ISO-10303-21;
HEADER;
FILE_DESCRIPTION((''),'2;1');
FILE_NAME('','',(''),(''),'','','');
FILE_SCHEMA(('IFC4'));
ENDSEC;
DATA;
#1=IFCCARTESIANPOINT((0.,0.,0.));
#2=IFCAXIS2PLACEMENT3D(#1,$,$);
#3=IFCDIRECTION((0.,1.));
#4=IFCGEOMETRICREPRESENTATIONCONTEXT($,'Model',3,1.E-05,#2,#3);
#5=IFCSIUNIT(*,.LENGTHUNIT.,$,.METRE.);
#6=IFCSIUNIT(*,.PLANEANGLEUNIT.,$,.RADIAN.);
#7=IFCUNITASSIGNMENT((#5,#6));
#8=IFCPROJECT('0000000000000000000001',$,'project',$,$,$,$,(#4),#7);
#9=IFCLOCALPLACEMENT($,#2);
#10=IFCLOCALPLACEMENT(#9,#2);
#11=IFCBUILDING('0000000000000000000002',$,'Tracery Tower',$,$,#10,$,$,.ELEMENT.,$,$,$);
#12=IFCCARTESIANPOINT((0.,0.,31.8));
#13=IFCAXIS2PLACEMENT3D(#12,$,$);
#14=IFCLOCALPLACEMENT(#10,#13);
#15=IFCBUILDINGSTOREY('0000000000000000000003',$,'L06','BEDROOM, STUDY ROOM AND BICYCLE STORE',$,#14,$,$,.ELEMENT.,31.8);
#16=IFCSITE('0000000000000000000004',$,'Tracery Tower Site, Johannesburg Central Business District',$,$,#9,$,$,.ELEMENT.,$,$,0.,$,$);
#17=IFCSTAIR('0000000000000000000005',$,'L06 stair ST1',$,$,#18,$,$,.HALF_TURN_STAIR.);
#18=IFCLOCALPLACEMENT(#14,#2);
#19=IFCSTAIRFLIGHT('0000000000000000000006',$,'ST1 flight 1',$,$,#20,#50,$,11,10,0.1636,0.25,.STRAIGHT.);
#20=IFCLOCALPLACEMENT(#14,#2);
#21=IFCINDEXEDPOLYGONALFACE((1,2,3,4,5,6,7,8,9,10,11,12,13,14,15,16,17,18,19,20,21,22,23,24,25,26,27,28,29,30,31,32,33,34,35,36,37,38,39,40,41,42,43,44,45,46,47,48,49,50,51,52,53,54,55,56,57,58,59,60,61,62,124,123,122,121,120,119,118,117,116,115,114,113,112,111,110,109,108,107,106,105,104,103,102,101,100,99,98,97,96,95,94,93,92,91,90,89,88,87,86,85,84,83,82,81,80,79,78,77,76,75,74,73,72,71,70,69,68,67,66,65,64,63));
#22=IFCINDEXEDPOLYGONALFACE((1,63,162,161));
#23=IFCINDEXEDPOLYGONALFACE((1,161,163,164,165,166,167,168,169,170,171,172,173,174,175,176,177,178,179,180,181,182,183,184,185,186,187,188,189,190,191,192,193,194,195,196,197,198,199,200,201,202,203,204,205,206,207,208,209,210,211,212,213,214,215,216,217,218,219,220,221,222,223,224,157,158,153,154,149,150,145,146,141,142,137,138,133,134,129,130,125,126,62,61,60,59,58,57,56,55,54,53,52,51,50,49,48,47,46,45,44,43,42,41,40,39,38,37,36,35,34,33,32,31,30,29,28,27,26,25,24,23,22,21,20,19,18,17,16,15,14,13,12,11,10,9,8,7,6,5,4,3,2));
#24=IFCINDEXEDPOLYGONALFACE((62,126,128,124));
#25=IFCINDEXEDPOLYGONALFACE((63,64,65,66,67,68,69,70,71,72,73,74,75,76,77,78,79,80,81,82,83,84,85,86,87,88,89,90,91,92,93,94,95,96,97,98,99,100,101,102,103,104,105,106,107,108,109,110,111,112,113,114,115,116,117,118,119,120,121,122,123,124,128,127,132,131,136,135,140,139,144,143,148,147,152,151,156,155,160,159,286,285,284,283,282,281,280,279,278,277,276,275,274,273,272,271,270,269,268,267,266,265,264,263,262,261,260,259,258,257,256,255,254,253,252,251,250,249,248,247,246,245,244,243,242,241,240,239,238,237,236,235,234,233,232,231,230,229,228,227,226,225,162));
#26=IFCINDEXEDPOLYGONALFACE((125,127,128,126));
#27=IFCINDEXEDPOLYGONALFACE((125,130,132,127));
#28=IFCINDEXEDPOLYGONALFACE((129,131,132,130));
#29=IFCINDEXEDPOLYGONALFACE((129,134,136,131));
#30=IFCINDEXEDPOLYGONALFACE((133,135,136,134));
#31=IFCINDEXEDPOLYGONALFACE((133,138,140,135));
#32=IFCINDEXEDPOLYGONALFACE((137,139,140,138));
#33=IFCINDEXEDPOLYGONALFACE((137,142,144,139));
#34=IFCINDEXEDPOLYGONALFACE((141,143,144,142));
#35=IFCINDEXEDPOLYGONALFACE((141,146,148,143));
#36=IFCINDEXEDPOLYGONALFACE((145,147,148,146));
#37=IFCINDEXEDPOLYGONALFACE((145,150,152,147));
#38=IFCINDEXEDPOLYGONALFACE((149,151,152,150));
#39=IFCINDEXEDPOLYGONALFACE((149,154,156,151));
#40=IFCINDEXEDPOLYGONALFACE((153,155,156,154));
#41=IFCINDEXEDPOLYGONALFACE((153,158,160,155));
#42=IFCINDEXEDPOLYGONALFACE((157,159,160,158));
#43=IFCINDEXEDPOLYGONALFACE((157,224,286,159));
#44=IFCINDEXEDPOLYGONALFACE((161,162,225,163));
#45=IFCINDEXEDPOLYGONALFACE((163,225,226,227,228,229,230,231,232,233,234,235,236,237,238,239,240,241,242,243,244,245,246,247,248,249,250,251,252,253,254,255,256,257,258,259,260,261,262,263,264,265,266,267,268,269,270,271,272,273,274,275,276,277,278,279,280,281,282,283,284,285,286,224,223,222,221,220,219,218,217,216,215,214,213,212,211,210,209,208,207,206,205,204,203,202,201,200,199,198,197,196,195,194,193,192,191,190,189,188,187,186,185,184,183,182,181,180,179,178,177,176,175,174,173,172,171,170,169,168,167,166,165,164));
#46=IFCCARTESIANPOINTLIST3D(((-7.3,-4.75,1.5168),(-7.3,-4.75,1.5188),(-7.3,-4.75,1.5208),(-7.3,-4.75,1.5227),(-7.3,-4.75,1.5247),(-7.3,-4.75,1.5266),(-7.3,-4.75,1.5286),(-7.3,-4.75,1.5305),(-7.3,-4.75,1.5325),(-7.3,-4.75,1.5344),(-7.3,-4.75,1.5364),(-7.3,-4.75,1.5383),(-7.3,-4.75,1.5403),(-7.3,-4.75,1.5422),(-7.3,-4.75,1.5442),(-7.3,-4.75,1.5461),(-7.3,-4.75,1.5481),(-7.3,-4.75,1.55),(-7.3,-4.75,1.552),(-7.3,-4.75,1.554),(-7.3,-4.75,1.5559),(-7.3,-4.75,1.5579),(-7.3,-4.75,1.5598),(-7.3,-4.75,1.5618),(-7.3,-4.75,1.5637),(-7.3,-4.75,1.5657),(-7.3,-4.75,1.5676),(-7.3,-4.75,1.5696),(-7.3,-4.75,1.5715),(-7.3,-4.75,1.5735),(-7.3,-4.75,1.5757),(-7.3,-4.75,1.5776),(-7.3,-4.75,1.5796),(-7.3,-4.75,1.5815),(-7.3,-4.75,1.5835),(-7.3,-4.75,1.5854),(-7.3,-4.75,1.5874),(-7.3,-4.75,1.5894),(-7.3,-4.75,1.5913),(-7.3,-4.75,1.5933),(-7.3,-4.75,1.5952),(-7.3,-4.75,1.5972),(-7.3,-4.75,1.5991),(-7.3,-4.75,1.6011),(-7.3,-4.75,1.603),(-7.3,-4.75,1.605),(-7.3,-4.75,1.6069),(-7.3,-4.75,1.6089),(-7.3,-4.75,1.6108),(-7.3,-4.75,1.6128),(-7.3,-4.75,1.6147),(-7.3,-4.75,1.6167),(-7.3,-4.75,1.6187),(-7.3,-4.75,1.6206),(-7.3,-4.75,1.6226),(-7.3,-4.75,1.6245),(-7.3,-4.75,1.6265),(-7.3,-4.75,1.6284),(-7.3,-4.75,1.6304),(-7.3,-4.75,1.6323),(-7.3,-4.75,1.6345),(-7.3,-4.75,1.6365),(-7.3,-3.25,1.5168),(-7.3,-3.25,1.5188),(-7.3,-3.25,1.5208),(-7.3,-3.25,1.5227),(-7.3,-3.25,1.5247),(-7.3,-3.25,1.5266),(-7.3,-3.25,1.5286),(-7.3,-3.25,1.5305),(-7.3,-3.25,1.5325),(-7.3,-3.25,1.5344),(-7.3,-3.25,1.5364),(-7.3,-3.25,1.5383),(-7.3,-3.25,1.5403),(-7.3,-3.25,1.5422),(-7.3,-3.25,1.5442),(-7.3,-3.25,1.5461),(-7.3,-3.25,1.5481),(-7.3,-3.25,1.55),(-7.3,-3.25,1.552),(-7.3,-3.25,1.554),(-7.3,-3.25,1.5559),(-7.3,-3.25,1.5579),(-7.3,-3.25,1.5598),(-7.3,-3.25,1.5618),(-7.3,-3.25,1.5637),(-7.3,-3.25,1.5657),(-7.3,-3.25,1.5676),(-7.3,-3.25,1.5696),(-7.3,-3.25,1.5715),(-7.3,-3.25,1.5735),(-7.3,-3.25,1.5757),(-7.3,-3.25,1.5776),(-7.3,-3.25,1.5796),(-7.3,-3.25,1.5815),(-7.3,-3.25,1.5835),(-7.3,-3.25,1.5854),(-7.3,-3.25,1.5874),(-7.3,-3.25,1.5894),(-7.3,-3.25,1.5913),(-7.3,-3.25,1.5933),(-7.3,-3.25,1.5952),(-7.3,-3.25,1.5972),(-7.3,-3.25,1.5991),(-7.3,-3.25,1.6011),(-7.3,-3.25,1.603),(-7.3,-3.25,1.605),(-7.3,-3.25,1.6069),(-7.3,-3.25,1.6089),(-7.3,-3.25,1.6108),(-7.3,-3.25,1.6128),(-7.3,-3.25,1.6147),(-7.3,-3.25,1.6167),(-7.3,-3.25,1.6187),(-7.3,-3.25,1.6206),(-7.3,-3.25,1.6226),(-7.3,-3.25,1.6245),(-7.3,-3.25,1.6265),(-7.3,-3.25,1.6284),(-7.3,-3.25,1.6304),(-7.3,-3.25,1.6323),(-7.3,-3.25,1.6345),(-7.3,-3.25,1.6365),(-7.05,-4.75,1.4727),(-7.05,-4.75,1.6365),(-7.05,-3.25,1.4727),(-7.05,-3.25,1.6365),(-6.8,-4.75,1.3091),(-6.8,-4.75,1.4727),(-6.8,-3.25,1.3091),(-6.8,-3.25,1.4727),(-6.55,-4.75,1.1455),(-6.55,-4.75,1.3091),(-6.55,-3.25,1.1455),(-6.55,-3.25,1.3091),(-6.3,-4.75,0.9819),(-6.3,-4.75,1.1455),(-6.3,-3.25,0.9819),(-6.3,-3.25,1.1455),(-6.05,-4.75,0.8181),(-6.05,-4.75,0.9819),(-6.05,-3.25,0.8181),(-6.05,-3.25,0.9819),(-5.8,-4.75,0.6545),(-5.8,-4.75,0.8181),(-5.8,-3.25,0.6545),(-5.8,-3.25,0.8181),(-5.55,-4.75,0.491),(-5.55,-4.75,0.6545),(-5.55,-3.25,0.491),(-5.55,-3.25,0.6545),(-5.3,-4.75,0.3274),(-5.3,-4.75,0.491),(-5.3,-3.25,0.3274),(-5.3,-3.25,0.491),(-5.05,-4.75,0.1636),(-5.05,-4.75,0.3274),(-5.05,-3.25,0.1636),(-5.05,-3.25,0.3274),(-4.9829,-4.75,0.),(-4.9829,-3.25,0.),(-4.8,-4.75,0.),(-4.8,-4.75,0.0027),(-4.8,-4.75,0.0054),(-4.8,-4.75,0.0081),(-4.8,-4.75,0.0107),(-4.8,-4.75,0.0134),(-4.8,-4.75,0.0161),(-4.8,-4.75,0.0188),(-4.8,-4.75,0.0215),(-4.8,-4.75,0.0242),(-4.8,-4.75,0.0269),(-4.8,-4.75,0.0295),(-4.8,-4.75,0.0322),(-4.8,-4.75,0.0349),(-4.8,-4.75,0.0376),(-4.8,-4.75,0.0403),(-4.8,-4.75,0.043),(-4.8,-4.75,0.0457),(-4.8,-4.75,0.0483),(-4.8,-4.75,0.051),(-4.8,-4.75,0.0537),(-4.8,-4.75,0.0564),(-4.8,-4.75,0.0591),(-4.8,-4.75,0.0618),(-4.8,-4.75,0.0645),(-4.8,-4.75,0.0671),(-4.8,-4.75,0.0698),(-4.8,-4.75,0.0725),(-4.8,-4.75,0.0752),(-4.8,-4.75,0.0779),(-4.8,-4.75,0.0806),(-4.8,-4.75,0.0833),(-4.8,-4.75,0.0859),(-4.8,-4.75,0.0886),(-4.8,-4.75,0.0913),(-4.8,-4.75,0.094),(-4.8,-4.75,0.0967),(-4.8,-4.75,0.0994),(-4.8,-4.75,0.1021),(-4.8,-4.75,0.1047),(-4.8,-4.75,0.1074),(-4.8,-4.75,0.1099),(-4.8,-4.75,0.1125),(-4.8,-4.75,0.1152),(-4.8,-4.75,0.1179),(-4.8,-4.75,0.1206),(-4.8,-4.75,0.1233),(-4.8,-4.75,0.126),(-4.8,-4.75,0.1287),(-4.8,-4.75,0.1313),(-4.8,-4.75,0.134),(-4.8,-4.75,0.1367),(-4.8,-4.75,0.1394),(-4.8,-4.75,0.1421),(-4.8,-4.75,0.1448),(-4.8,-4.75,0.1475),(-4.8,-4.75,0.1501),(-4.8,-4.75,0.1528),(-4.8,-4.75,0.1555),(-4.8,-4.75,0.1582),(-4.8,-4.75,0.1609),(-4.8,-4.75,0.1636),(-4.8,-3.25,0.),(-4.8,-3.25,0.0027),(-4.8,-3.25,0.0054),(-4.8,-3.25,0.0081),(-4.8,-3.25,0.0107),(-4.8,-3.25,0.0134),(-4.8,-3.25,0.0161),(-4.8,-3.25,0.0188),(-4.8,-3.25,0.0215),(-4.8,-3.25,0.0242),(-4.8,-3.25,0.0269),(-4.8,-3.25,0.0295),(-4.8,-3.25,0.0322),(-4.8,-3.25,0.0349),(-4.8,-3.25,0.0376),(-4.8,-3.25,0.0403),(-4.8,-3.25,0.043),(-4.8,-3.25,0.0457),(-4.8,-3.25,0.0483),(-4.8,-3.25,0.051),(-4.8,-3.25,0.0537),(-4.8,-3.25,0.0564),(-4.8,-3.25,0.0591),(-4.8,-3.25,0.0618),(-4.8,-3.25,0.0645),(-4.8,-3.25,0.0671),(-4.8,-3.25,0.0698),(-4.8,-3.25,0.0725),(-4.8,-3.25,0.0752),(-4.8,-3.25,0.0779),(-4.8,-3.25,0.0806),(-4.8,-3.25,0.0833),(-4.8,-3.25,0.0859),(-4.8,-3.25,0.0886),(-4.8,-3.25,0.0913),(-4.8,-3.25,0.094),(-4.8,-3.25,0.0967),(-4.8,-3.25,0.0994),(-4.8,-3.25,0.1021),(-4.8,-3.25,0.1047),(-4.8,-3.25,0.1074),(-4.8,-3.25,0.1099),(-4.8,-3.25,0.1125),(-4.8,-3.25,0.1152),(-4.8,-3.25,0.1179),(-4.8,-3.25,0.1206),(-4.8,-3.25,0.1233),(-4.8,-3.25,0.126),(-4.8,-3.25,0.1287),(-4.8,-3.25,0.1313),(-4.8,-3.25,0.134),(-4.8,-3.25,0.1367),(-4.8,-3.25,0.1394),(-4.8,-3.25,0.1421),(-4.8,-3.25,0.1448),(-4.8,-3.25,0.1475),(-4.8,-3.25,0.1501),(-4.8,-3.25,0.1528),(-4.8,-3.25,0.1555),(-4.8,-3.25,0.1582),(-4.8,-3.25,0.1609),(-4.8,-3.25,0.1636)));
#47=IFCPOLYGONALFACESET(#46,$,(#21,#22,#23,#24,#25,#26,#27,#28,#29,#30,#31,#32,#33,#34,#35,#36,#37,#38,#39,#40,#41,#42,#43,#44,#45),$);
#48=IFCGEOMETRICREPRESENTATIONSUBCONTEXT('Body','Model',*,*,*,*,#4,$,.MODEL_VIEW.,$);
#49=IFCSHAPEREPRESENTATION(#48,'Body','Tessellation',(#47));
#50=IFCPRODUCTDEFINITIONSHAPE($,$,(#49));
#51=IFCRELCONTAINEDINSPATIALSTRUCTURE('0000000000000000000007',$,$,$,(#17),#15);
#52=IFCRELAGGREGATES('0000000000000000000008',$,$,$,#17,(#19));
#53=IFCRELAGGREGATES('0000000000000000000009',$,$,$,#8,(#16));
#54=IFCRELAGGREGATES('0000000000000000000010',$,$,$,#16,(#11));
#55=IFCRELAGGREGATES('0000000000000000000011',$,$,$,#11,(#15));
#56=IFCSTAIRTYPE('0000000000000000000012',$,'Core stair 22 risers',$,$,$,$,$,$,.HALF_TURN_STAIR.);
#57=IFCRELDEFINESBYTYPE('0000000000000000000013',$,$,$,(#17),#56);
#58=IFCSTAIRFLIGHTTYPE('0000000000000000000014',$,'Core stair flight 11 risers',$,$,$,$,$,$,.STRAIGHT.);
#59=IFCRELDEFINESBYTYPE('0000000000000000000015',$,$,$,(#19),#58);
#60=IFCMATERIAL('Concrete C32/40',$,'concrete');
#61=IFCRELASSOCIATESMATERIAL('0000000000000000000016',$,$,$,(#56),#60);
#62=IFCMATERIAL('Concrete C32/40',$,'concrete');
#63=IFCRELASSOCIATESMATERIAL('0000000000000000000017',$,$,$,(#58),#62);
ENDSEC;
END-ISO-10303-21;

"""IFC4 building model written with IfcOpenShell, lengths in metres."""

from ifc_helpers import new_model, si_unit, direction, frame, origin, place, context, subcontext, project, spatial, polyline, outline, extrude, material, type_object, element, aggregate, save


model = new_model("IFC4")

# Units and contexts
model_context = context("Model", 3, precision=1e-05, world=origin(), true_north=direction((0.0, 1.0)))
body_context = subcontext(model_context, "Body", "Model", "MODEL_VIEW")
ifc_project = project(units=[si_unit("LENGTHUNIT", "METRE"), si_unit("PLANEANGLEUNIT", "RADIAN")], contexts=[model_context])

# Site, building, storey
site_placement = place(None, origin())
site = spatial("IfcSite", under=ifc_project, at=site_placement, Name="Tracery Tower Site, Johannesburg Central Business District", CompositionType="ELEMENT", RefElevation=0.0)
building_placement = place(site_placement, origin())
building = spatial("IfcBuilding", under=site, at=building_placement, Name="Tracery Tower", CompositionType="ELEMENT")
storey_placement = place(building_placement, frame((0.0, 0.0, 31.8)))
storey = spatial("IfcBuildingStorey", under=building, at=storey_placement, Name="L06", Description="BEDROOM, STUDY ROOM AND BICYCLE STORE", CompositionType="ELEMENT", Elevation=31.8)

# Stair, stair flight
ifc_material_1 = material(Name="Concrete C32/40", Category="concrete")
stair_type = type_object("IfcStairType", Name="Core stair 22 risers", PredefinedType="HALF_TURN_STAIR", material=ifc_material_1)
stair_placement = place(storey_placement, origin())
stair = element("IfcStair", 1, at=stair_placement, inside=storey, type_object=stair_type, Name="L06 stair ST1", PredefinedType="HALF_TURN_STAIR")
ifc_material_2 = material(Name="Concrete C32/40", Category="concrete")
stair_flight_type = type_object("IfcStairFlightType", Name="Core stair flight 11 risers", PredefinedType="STRAIGHT", material=ifc_material_2)
stair_flight_1_placement = place(storey_placement, frame((-4.8, -4.0, 0.0), z_axis=(0.0, 0.0, 1.0), x_axis=(-1.0, 0.0, 0.0)))
stair_flight_1 = element("IfcStairFlight", 2, at=stair_flight_1_placement, type_object=stair_flight_type, Name="ST1 flight 1", NumberOfRisers=11, NumberOfTreads=10, PredefinedType="STRAIGHT", RiserHeight=0.1636, TreadLength=0.25, context=body_context, shape_type="SweptSolid", body=[
    extrude(outline(polyline([(0.0, 0.0), (0.0, 0.0027), (0.0, 0.0054), (0.0, 0.0081), (0.0, 0.0107), (0.0, 0.0134), (0.0, 0.0161), (0.0, 0.0188), (0.0, 0.0215), (0.0, 0.0242), (0.0, 0.0269), (0.0, 0.0295), (0.0, 0.0322), (0.0, 0.0349), (0.0, 0.0376), (0.0, 0.0403), (0.0, 0.043), (0.0, 0.0457), (0.0, 0.0483), (0.0, 0.051), (0.0, 0.0537), (0.0, 0.0564), (0.0, 0.0591), (0.0, 0.0618), (0.0, 0.0645), (0.0, 0.0671), (0.0, 0.0698), (0.0, 0.0725), (0.0, 0.0752), (0.0, 0.0779), (0.0, 0.0806), (0.0, 0.0833), (0.0, 0.0859), (0.0, 0.0886), (0.0, 0.0913), (0.0, 0.094), (0.0, 0.0967), (0.0, 0.0994), (0.0, 0.1021), (0.0, 0.1047), (0.0, 0.1074), (0.0, 0.1099), (0.0, 0.1125), (0.0, 0.1152), (0.0, 0.1179), (0.0, 0.1206), (0.0, 0.1233), (0.0, 0.126), (0.0, 0.1287), (0.0, 0.1313), (0.0, 0.134), (0.0, 0.1367), (0.0, 0.1394), (0.0, 0.1421), (0.0, 0.1448), (0.0, 0.1475), (0.0, 0.1501), (0.0, 0.1528), (0.0, 0.1555), (0.0, 0.1582), (0.0, 0.1609), (0.0, 0.1636), (0.25, 0.1636), (0.25, 0.3274), (0.5, 0.3274), (0.5, 0.491), (0.75, 0.491), (0.75, 0.6545), (1.0, 0.6545), (1.0, 0.8181), (1.25, 0.8181), (1.25, 0.9819), (1.5, 0.9819), (1.5, 1.1455), (1.75, 1.1455), (1.75, 1.3091), (2.0, 1.3091), (2.0, 1.4727), (2.25, 1.4727), (2.25, 1.6365), (2.5, 1.6365), (2.5, 1.6345), (2.5, 1.6323), (2.5, 1.6304), (2.5, 1.6284), (2.5, 1.6265), (2.5, 1.6245), (2.5, 1.6226), (2.5, 1.6206), (2.5, 1.6187), (2.5, 1.6167), (2.5, 1.6147), (2.5, 1.6128), (2.5, 1.6108), (2.5, 1.6089), (2.5, 1.6069), (2.5, 1.605), (2.5, 1.603), (2.5, 1.6011), (2.5, 1.5991), (2.5, 1.5972), (2.5, 1.5952), (2.5, 1.5933), (2.5, 1.5913), (2.5, 1.5894), (2.5, 1.5874), (2.5, 1.5854), (2.5, 1.5835), (2.5, 1.5815), (2.5, 1.5796), (2.5, 1.5776), (2.5, 1.5757), (2.5, 1.5735), (2.5, 1.5715), (2.5, 1.5696), (2.5, 1.5676), (2.5, 1.5657), (2.5, 1.5637), (2.5, 1.5618), (2.5, 1.5598), (2.5, 1.5579), (2.5, 1.5559), (2.5, 1.554), (2.5, 1.552), (2.5, 1.55), (2.5, 1.5481), (2.5, 1.5461), (2.5, 1.5442), (2.5, 1.5422), (2.5, 1.5403), (2.5, 1.5383), (2.5, 1.5364), (2.5, 1.5344), (2.5, 1.5325), (2.5, 1.5305), (2.5, 1.5286), (2.5, 1.5266), (2.5, 1.5247), (2.5, 1.5227), (2.5, 1.5208), (2.5, 1.5188), (2.5, 1.5168), (0.1829, 0.0), (0.0, 0.0)])), frame((0.0, 0.75, 0.0), z_axis=(0.0, -1.0, 0.0), x_axis=(1.0, 0.0, 0.0)), (0.0, 0.0, 1.0), 1.5),
])
aggregate(stair, [stair_flight_1])

save(model, "model.ifc")
